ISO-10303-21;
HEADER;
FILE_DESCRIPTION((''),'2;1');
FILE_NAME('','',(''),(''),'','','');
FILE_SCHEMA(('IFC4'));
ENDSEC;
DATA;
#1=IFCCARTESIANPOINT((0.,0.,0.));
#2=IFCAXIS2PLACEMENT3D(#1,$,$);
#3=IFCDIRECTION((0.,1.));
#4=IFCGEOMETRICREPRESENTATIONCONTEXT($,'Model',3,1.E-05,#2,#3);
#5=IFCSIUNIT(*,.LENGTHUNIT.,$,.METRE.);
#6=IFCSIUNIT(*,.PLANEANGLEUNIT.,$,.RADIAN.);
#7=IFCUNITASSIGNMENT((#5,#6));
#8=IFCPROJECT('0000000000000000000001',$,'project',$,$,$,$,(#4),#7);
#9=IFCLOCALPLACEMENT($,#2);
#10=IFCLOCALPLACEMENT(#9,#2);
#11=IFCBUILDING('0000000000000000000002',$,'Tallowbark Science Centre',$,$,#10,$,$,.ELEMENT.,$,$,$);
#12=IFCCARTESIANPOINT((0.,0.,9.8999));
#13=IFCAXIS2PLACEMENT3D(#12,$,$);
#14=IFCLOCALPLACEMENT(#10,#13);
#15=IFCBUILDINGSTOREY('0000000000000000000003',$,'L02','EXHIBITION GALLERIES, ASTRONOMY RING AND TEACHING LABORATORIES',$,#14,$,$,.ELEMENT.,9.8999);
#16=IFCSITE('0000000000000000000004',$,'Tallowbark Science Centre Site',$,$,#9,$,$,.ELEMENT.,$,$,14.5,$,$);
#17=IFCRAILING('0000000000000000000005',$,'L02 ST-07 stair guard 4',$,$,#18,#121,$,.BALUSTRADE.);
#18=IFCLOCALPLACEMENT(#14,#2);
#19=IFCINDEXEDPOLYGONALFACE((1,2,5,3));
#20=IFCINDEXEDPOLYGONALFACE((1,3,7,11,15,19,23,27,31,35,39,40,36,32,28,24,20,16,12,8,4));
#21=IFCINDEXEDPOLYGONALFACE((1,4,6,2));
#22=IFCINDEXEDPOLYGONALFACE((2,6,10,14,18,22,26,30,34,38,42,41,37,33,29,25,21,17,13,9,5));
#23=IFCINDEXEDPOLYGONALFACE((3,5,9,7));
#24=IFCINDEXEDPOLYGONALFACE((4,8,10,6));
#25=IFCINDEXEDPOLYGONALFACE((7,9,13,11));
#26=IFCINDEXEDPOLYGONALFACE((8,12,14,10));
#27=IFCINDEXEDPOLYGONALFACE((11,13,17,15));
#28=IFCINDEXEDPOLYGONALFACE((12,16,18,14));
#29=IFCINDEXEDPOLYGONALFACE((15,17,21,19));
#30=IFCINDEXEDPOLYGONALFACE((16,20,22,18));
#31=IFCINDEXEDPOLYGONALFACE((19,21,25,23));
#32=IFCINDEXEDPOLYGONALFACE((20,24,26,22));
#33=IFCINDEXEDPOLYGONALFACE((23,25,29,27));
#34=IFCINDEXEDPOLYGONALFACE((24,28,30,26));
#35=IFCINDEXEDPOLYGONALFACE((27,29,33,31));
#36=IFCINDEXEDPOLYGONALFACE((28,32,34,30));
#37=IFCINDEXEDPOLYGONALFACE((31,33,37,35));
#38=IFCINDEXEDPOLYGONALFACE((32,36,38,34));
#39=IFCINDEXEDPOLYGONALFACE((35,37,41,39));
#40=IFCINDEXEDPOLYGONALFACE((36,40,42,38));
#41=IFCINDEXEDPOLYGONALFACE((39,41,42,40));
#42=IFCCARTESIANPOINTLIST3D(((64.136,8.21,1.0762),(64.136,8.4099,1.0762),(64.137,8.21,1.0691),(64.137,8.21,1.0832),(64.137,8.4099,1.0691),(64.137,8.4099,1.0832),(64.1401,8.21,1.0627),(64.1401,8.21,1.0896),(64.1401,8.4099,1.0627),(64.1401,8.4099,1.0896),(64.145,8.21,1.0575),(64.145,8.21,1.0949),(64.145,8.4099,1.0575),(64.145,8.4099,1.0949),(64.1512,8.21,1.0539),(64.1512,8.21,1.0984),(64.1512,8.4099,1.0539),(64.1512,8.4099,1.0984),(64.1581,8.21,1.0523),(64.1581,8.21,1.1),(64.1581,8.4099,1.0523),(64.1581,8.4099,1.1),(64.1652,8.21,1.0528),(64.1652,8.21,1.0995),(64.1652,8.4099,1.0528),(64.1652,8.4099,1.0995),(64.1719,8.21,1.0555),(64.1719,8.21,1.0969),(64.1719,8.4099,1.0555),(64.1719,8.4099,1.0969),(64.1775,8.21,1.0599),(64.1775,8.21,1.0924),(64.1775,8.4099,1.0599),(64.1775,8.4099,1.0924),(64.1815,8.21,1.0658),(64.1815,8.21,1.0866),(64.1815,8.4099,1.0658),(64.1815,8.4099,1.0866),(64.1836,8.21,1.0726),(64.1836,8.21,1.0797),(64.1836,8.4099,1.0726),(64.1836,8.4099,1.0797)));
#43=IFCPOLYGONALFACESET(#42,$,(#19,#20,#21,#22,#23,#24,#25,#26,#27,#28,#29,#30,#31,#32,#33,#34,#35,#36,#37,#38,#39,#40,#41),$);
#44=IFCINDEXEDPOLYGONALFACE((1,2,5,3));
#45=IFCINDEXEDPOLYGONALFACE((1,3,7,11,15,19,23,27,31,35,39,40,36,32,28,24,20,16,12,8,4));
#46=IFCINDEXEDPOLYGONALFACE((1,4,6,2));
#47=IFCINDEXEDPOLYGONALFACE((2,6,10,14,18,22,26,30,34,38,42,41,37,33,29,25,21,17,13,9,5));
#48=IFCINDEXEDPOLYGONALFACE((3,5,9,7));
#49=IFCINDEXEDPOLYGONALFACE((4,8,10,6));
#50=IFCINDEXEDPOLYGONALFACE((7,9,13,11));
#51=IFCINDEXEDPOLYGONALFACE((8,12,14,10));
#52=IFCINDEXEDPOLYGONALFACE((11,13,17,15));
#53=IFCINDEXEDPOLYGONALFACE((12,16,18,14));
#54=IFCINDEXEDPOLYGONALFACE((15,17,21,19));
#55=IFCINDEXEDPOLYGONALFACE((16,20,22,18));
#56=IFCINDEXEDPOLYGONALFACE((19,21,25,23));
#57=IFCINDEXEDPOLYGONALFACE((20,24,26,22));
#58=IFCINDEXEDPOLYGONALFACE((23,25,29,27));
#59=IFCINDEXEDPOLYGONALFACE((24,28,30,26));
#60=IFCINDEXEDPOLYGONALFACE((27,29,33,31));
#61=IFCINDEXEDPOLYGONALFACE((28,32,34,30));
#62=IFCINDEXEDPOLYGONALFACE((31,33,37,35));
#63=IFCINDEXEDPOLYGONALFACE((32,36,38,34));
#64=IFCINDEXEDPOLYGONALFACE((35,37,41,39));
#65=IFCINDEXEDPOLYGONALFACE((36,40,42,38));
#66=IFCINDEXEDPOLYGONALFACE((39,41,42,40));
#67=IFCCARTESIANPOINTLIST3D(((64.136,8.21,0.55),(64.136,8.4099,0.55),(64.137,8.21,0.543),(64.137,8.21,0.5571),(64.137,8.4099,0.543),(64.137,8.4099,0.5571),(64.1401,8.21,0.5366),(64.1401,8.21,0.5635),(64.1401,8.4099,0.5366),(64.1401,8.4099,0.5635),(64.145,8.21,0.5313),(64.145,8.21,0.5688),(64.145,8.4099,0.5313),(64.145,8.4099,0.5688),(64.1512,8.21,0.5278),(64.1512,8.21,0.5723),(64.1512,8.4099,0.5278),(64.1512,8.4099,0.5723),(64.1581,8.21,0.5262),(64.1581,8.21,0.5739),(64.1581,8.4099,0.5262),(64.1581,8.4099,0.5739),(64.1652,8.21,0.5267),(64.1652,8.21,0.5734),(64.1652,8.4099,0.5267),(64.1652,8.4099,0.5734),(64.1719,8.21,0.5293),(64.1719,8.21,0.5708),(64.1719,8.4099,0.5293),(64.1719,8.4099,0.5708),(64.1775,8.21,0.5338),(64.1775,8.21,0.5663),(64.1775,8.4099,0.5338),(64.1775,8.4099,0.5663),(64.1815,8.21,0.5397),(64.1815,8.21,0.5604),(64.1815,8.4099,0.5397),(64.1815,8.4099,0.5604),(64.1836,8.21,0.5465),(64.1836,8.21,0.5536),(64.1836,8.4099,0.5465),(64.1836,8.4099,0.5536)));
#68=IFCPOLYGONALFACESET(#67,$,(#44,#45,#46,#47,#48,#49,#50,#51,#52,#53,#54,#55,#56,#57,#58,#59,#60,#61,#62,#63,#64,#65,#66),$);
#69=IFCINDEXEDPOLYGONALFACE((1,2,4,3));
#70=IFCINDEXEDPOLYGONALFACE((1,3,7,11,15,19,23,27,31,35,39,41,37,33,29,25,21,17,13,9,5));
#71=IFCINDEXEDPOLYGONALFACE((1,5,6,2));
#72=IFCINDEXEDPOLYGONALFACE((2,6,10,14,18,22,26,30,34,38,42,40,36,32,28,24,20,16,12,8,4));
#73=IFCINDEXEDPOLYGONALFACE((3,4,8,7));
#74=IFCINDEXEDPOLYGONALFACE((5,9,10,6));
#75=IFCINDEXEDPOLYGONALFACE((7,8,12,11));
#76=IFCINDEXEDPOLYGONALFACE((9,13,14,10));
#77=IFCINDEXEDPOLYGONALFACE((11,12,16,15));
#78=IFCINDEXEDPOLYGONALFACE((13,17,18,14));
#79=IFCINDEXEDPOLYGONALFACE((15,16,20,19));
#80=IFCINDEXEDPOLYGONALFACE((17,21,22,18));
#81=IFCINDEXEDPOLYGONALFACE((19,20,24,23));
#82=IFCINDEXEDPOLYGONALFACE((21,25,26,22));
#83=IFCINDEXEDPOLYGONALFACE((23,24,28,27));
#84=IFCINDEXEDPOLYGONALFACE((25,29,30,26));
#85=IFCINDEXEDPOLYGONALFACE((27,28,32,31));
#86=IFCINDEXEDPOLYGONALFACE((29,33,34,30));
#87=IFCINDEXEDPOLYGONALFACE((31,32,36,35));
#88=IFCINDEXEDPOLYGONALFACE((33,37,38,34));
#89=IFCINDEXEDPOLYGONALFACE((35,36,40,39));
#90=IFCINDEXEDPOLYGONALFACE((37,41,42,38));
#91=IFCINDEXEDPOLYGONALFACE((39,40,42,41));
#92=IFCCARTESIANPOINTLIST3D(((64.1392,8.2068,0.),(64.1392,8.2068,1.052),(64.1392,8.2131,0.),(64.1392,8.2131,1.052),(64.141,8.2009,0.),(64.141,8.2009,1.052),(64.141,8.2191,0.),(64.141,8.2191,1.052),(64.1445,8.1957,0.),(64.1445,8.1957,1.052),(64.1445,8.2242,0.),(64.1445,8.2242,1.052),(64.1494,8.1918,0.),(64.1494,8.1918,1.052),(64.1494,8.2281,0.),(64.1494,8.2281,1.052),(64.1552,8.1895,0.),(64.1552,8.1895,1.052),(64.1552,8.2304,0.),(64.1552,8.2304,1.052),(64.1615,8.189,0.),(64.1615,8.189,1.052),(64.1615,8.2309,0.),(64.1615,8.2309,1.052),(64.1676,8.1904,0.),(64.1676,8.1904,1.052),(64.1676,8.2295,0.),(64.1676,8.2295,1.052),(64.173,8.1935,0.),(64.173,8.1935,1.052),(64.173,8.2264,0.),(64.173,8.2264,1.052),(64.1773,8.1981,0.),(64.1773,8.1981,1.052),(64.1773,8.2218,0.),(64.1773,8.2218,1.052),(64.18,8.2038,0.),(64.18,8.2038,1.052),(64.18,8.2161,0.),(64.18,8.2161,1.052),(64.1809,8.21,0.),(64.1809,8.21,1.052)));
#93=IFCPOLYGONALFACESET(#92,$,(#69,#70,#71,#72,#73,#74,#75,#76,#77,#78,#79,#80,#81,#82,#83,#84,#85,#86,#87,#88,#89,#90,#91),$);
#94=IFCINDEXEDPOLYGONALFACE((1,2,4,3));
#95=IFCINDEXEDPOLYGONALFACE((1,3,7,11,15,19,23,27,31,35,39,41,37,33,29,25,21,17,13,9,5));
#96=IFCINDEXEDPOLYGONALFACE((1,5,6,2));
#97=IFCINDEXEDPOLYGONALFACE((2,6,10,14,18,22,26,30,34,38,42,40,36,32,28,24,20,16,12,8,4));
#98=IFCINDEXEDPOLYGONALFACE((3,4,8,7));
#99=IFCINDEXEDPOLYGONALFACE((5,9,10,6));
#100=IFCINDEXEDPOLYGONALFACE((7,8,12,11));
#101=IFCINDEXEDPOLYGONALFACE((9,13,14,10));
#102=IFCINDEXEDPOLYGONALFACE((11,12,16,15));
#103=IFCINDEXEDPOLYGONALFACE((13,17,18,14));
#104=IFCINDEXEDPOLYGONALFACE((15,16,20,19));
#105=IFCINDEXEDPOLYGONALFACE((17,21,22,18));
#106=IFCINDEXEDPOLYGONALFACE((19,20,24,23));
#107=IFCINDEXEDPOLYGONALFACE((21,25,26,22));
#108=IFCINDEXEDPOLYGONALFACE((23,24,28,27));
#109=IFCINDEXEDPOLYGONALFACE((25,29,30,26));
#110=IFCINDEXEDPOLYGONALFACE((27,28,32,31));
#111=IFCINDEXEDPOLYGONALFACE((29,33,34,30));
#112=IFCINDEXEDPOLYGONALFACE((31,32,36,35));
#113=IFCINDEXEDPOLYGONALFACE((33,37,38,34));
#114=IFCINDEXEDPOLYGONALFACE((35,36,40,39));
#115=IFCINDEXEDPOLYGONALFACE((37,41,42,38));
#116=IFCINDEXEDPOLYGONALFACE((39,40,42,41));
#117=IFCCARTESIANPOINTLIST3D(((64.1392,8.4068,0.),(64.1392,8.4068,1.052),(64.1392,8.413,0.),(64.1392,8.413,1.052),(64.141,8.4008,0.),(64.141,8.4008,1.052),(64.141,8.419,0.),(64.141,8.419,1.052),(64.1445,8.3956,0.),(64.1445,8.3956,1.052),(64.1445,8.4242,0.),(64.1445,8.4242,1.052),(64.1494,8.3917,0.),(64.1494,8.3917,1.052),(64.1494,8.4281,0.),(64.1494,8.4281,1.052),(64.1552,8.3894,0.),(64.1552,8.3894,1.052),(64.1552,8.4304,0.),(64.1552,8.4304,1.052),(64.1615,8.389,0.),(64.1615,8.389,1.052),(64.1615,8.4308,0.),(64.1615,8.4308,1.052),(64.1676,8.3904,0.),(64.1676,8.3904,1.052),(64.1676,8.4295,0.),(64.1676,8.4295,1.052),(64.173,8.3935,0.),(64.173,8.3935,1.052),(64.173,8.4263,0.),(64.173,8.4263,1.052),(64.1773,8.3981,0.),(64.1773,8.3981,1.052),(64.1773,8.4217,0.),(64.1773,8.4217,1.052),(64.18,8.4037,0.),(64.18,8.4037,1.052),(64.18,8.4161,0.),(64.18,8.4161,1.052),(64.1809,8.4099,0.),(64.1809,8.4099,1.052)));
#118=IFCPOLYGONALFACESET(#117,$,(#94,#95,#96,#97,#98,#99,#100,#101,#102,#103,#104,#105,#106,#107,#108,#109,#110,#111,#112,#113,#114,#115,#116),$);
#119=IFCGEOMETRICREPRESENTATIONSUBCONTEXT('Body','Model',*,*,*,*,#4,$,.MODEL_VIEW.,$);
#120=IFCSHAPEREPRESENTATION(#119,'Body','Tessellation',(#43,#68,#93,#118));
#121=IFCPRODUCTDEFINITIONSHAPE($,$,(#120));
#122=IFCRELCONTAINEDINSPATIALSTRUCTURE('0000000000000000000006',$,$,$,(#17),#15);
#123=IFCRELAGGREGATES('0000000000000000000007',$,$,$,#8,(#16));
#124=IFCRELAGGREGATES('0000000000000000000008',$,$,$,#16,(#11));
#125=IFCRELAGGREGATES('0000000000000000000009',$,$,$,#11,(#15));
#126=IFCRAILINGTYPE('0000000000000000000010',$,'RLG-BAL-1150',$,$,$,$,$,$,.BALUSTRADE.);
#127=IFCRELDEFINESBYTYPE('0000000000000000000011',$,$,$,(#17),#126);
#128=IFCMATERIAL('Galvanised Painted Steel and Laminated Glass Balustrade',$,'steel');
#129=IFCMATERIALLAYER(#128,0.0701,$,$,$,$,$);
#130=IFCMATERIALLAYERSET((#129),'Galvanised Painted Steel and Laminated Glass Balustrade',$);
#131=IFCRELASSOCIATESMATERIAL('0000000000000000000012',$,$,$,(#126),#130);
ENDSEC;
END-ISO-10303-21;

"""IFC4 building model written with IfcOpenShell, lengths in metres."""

from ifc_helpers import new_model, si_unit, direction, frame, origin, origin_2d, place, context, subcontext, project, spatial, circle, extrude, material, layer, layer_set, type_object, element, save


model = new_model("IFC4")

# Units and contexts
model_context = context("Model", 3, precision=1e-05, world=origin(), true_north=direction((0.0, 1.0)))
body_context = subcontext(model_context, "Body", "Model", "MODEL_VIEW")
ifc_project = project(units=[si_unit("LENGTHUNIT", "METRE"), si_unit("PLANEANGLEUNIT", "RADIAN")], contexts=[model_context])

# Site, building, storey
site_placement = place(None, origin())
site = spatial("IfcSite", under=ifc_project, at=site_placement, Name="Tallowbark Science Centre Site", CompositionType="ELEMENT", RefElevation=14.5)
building_placement = place(site_placement, origin())
building = spatial("IfcBuilding", under=site, at=building_placement, Name="Tallowbark Science Centre", CompositionType="ELEMENT")
storey_placement = place(building_placement, frame((0.0, 0.0, 9.8999)))
storey = spatial("IfcBuildingStorey", under=building, at=storey_placement, Name="L02", Description="EXHIBITION GALLERIES, ASTRONOMY RING AND TEACHING LABORATORIES", CompositionType="ELEMENT", Elevation=9.8999)

# Railing
ifc_material_1 = material(Name="Galvanised Painted Steel and Laminated Glass Balustrade", Category="steel")
ifc_layer_1 = layer(ifc_material_1, 0.0701)
ifc_layer_set_1 = layer_set([ifc_layer_1], Name="Galvanised Painted Steel and Laminated Glass Balustrade")
railing_type_1 = type_object("IfcRailingType", Name="RLG-BAL-1150", PredefinedType="BALUSTRADE", material=ifc_layer_set_1)
railing_1_placement = place(storey_placement, frame((64.1599, 8.21, 0.0)))
element("IfcRailing", 1, at=railing_1_placement, inside=storey, type_object=railing_type_1, Name="L02 ST-07 stair guard 4", PredefinedType="BALUSTRADE", context=body_context, shape_type="SweptSolid", body=[
    extrude(circle(Radius=0.0239, at=origin_2d()), frame((0.0, 0.0, 1.0762), z_axis=(0.0, 1.0, 0.0), x_axis=(-1.0, 0.0, 0.0)), (0.0, 0.0, 1.0), 0.2),
    extrude(circle(Radius=0.0239, at=origin_2d()), frame((0.0, 0.0, 0.55), z_axis=(0.0, 1.0, 0.0), x_axis=(-1.0, 0.0, 0.0)), (0.0, 0.0, 1.0), 0.2),
    extrude(circle(Radius=0.021, at=origin_2d()), origin(), (0.0, 0.0, 1.0), 1.052),
    extrude(circle(Radius=0.021, at=origin_2d()), frame((0.0, 0.2, 0.0)), (0.0, 0.0, 1.0), 1.052),
])

save(model, "model.ifc")
